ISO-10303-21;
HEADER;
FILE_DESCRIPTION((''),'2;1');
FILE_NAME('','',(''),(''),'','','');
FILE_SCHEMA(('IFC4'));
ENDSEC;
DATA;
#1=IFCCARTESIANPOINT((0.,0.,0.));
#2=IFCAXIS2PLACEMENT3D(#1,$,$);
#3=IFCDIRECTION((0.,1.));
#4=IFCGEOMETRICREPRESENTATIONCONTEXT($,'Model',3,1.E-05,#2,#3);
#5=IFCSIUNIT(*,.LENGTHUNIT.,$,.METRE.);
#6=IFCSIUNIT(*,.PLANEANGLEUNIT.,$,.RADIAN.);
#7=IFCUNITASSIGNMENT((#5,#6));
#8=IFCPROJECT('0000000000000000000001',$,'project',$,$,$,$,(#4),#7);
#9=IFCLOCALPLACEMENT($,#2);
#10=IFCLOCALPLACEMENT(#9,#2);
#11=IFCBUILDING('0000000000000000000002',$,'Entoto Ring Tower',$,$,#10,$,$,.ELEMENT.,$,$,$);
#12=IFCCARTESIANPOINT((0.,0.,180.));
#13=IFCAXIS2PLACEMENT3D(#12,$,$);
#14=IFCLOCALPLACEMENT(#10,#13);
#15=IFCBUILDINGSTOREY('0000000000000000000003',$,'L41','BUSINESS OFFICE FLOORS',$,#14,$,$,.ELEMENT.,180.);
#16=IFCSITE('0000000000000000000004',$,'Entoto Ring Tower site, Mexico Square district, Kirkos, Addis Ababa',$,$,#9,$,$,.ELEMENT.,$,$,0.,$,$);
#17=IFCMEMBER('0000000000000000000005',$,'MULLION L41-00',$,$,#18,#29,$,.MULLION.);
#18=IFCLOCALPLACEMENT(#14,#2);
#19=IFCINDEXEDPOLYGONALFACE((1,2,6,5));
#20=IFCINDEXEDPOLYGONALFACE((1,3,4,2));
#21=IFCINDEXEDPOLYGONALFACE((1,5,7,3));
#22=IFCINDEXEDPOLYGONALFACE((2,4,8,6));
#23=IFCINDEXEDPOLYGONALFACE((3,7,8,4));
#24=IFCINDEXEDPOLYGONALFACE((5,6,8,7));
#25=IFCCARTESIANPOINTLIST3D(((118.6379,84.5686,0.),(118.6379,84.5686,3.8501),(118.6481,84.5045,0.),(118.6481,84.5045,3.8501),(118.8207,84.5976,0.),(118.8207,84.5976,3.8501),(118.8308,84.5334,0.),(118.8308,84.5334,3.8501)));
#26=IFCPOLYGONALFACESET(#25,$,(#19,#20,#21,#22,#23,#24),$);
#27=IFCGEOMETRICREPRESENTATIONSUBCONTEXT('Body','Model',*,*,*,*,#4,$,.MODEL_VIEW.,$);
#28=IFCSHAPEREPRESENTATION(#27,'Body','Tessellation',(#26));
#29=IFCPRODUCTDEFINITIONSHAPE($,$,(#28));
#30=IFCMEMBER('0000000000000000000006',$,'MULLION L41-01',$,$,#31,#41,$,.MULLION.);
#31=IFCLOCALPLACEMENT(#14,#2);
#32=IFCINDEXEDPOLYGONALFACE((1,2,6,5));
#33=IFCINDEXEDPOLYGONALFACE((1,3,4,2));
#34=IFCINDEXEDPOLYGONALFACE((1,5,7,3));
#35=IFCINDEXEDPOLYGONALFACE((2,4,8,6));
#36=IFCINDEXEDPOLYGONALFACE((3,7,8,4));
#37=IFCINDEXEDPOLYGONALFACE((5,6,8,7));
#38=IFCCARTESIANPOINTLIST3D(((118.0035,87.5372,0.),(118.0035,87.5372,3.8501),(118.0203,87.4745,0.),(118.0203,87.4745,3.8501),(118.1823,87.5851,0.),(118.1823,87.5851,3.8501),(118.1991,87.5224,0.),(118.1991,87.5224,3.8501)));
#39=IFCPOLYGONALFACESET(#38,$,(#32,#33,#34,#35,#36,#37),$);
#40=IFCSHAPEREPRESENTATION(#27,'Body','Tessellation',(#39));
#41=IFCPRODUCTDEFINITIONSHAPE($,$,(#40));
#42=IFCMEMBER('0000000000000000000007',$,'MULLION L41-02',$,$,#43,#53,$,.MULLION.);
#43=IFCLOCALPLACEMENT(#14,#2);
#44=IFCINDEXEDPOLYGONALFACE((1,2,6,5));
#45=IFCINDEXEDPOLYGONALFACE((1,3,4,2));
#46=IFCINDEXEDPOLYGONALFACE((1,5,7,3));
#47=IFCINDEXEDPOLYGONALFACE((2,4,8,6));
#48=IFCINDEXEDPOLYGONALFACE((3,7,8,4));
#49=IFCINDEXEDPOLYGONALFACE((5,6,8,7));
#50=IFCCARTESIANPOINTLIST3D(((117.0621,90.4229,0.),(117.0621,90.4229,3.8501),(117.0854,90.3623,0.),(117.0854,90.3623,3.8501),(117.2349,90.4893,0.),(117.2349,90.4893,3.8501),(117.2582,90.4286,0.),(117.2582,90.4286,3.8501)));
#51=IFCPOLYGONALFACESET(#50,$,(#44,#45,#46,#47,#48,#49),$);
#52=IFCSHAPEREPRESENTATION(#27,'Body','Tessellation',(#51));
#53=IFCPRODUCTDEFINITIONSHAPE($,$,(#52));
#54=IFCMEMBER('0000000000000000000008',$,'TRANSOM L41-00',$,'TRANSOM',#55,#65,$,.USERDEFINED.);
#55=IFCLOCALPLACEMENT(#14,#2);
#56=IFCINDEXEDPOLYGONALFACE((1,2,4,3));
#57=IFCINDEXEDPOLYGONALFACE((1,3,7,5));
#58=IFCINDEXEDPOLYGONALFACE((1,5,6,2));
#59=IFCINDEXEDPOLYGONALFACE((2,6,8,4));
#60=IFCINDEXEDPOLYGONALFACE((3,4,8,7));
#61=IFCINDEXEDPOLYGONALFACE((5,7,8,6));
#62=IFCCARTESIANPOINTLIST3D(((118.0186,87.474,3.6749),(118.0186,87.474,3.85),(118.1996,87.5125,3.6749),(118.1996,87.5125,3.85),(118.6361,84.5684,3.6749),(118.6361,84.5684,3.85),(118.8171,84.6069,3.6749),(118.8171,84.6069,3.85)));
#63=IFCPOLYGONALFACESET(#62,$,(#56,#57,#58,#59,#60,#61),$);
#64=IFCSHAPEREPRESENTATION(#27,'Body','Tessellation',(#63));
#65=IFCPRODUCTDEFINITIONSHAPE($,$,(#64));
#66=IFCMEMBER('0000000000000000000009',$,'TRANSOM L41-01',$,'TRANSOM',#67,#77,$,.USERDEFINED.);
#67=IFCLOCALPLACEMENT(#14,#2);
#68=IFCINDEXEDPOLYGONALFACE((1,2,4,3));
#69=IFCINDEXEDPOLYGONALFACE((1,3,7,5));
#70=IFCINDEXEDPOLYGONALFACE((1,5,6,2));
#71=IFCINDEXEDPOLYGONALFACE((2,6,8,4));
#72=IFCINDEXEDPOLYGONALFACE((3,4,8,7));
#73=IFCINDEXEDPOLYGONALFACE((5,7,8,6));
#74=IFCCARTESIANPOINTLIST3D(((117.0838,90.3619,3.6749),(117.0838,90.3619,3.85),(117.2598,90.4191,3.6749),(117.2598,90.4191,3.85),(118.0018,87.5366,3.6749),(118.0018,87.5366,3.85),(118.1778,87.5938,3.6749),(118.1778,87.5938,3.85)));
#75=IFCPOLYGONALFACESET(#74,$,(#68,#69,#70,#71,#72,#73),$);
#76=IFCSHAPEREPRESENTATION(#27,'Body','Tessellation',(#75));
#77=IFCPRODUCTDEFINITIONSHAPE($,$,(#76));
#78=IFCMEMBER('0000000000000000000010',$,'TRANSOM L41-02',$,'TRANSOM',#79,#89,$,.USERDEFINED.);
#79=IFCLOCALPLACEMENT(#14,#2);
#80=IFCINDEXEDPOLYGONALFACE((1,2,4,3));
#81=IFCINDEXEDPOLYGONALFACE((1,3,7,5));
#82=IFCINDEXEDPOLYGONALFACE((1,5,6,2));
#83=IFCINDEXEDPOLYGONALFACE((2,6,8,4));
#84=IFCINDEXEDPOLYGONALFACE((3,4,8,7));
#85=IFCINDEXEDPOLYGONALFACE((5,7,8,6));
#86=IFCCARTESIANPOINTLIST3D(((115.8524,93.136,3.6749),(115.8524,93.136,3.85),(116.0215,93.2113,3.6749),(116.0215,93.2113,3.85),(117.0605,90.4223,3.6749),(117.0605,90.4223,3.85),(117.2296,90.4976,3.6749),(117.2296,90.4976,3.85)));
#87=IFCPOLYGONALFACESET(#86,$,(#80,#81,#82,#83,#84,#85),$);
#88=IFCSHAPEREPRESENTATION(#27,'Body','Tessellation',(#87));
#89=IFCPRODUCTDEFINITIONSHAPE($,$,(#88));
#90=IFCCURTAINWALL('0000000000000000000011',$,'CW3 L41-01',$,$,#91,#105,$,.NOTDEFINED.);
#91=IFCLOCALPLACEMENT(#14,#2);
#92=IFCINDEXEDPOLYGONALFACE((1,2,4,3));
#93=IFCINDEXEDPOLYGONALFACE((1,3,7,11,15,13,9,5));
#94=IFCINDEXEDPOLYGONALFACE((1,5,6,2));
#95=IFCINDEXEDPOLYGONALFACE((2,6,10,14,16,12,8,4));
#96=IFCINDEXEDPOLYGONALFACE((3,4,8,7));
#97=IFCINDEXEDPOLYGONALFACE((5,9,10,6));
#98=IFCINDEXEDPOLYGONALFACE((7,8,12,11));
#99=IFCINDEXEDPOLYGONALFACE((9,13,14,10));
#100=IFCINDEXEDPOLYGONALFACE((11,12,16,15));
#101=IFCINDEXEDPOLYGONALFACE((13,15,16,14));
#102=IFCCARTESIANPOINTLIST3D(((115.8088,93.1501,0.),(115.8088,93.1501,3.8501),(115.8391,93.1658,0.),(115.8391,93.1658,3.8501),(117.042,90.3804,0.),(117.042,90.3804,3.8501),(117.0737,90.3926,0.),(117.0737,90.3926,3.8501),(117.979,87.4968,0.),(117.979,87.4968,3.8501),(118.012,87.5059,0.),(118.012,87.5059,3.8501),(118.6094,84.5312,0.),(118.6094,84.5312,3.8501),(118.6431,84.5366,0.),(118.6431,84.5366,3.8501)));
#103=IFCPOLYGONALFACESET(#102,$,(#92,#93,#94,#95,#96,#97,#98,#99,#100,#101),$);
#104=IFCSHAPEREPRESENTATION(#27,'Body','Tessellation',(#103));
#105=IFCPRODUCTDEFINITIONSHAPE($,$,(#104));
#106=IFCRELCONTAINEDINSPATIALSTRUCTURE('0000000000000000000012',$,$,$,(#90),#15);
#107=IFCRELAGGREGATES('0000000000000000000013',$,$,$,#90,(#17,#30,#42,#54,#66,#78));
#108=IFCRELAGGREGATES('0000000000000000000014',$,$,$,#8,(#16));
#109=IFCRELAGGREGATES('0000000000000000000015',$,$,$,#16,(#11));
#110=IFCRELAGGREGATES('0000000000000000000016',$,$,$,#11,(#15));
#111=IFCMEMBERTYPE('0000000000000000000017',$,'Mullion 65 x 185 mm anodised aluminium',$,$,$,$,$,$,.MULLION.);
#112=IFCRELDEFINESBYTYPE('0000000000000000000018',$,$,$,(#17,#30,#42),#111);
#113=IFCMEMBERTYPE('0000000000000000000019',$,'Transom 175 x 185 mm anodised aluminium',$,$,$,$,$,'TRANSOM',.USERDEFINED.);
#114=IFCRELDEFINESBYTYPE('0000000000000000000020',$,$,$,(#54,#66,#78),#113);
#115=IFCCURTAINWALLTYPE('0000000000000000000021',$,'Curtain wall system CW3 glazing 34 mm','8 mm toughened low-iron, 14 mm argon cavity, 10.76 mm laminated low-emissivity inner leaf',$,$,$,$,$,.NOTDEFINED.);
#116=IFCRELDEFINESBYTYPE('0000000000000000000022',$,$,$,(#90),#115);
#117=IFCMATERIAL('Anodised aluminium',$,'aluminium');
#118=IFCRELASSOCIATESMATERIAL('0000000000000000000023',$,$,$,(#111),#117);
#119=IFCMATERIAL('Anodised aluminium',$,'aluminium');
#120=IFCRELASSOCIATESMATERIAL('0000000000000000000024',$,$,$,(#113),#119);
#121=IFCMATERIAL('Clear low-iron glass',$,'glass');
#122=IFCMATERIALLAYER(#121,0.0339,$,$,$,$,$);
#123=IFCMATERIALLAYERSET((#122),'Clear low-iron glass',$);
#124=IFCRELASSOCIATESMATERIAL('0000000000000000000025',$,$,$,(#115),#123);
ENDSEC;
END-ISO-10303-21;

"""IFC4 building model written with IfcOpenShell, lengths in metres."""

from ifc_helpers import new_model, si_unit, direction, frame, origin, origin_2d, place, context, subcontext, project, spatial, polyline, rectangle, outline, extrude, material, layer, layer_set, material_profile, profile_set, type_object, element, aggregate, save


model = new_model("IFC4")

# Units and contexts
model_context = context("Model", 3, precision=1e-05, world=origin(), true_north=direction((0.0, 1.0)))
body_context = subcontext(model_context, "Body", "Model", "MODEL_VIEW")
ifc_project = project(units=[si_unit("LENGTHUNIT", "METRE"), si_unit("PLANEANGLEUNIT", "RADIAN")], contexts=[model_context])

# Members
ifc_material_1 = material(Name="Anodised aluminium", Category="aluminium")
ifc_material_profile_1 = material_profile(ifc_material_1, rectangle(XDim=0.0649, YDim=0.1851, at=origin_2d()), Name="Mullion 65 x 185 mm anodised aluminium")
ifc_profile_set_1 = profile_set([ifc_material_profile_1], Name="Anodised aluminium")
member_type_1 = type_object("IfcMemberType", Name="Mullion 65 x 185 mm anodised aluminium", PredefinedType="MULLION", material=ifc_profile_set_1)
site_placement = place(None, origin())
building_placement = place(site_placement, origin())
storey_placement = place(building_placement, frame((0.0, 0.0, 180.0)))
member_1_placement = place(storey_placement, frame((118.7344, 84.551, 0.0), z_axis=(0.0, 0.0, 1.0), x_axis=(-0.156434, 0.987688, 0.0)))
member_1 = element("IfcMember", 1, at=member_1_placement, type_object=member_type_1, Name="MULLION L41-00", PredefinedType="MULLION", context=body_context, shape_type="SweptSolid", body=[
    extrude(rectangle(XDim=0.0649, YDim=0.1851, at=origin_2d()), origin(), (0.0, 0.0, 1.0), 3.8501),
])
member_2_placement = place(storey_placement, frame((118.1013, 87.5298, 0.0), z_axis=(0.0, 0.0, 1.0), x_axis=(-0.258819, 0.965926, 0.0)))
member_2 = element("IfcMember", 2, at=member_2_placement, type_object=member_type_1, Name="MULLION L41-01", PredefinedType="MULLION", context=body_context, shape_type="SweptSolid", body=[
    extrude(rectangle(XDim=0.0649, YDim=0.1851, at=origin_2d()), origin(), (0.0, 0.0, 1.0), 3.8501),
])
member_3_placement = place(storey_placement, frame((117.1602, 90.4258, 0.0), z_axis=(0.0, 0.0, 1.0), x_axis=(-0.358368, 0.93358, 0.0)))
member_3 = element("IfcMember", 3, at=member_3_placement, type_object=member_type_1, Name="MULLION L41-02", PredefinedType="MULLION", context=body_context, shape_type="SweptSolid", body=[
    extrude(rectangle(XDim=0.0649, YDim=0.1851, at=origin_2d()), origin(), (0.0, 0.0, 1.0), 3.8501),
])
ifc_material_2 = material(Name="Anodised aluminium", Category="aluminium")
ifc_material_profile_2 = material_profile(ifc_material_2, rectangle(XDim=0.1851, YDim=0.175, at=origin_2d()), Name="Transom 175 x 185 mm anodised aluminium")
ifc_profile_set_2 = profile_set([ifc_material_profile_2], Name="Anodised aluminium")
member_type_2 = type_object("IfcMemberType", Name="Transom 175 x 185 mm anodised aluminium", ElementType="TRANSOM", PredefinedType="USERDEFINED", material=ifc_profile_set_2)
member_4_placement = place(storey_placement, frame((118.7266, 84.5876, 3.7625), z_axis=(-0.207862, 0.978158, 0.0), x_axis=(-0.978158, -0.207862, 0.0)))
member_4 = element("IfcMember", 4, at=member_4_placement, type_object=member_type_2, Name="TRANSOM L41-00", ObjectType="TRANSOM", PredefinedType="USERDEFINED", context=body_context, shape_type="SweptSolid", body=[
    extrude(rectangle(XDim=0.1851, YDim=0.175, at=origin_2d()), origin(), (0.0, 0.0, 1.0), 2.9705),
])
member_5_placement = place(storey_placement, frame((118.0898, 87.5652, 3.7625), z_axis=(-0.309019, 0.951056, 0.0), x_axis=(-0.951056, -0.309019, 0.0)))
member_5 = element("IfcMember", 5, at=member_5_placement, type_object=member_type_2, Name="TRANSOM L41-01", ObjectType="TRANSOM", PredefinedType="USERDEFINED", context=body_context, shape_type="SweptSolid", body=[
    extrude(rectangle(XDim=0.1851, YDim=0.175, at=origin_2d()), origin(), (0.0, 0.0, 1.0), 2.9707),
])
member_6_placement = place(storey_placement, frame((117.145, 90.46, 3.7625), z_axis=(-0.406687, 0.913567, 0.0), x_axis=(-0.913567, -0.406687, 0.0)))
member_6 = element("IfcMember", 6, at=member_6_placement, type_object=member_type_2, Name="TRANSOM L41-02", ObjectType="TRANSOM", PredefinedType="USERDEFINED", context=body_context, shape_type="SweptSolid", body=[
    extrude(rectangle(XDim=0.1851, YDim=0.175, at=origin_2d()), origin(), (0.0, 0.0, 1.0), 2.9705),
])

# Site, building, storey
site = spatial("IfcSite", under=ifc_project, at=site_placement, Name="Entoto Ring Tower site, Mexico Square district, Kirkos, Addis Ababa", CompositionType="ELEMENT", RefElevation=0.0)
building = spatial("IfcBuilding", under=site, at=building_placement, Name="Entoto Ring Tower", CompositionType="ELEMENT")
storey = spatial("IfcBuildingStorey", under=building, at=storey_placement, Name="L41", Description="BUSINESS OFFICE FLOORS", CompositionType="ELEMENT", Elevation=180.0)

# Curtain wall
ifc_material_3 = material(Name="Clear low-iron glass", Category="glass")
ifc_layer_1 = layer(ifc_material_3, 0.0339)
ifc_layer_set_1 = layer_set([ifc_layer_1], Name="Clear low-iron glass")
curtain_wall_type = type_object("IfcCurtainWallType", Name="Curtain wall system CW3 glazing 34 mm", Description="8 mm toughened low-iron, 14 mm argon cavity, 10.76 mm laminated low-emissivity inner leaf", PredefinedType="NOTDEFINED", material=ifc_layer_set_1)
curtain_wall_1_placement = place(storey_placement, origin())
curtain_wall_1 = element("IfcCurtainWall", 7, at=curtain_wall_1_placement, inside=storey, type_object=curtain_wall_type, Name="CW3 L41-01", PredefinedType="NOTDEFINED", context=body_context, shape_type="SweptSolid", body=[
    extrude(outline(polyline([(118.6431, 84.5366), (118.012, 87.5059), (117.0737, 90.3926), (115.8391, 93.1658), (115.8088, 93.1501), (117.042, 90.3804), (117.979, 87.4968), (118.6094, 84.5312), (118.6431, 84.5366)])), origin(), (0.0, 0.0, 1.0), 3.8501),
])
aggregate(curtain_wall_1, [member_1, member_2, member_3, member_4, member_5, member_6])

save(model, "model.ifc")
